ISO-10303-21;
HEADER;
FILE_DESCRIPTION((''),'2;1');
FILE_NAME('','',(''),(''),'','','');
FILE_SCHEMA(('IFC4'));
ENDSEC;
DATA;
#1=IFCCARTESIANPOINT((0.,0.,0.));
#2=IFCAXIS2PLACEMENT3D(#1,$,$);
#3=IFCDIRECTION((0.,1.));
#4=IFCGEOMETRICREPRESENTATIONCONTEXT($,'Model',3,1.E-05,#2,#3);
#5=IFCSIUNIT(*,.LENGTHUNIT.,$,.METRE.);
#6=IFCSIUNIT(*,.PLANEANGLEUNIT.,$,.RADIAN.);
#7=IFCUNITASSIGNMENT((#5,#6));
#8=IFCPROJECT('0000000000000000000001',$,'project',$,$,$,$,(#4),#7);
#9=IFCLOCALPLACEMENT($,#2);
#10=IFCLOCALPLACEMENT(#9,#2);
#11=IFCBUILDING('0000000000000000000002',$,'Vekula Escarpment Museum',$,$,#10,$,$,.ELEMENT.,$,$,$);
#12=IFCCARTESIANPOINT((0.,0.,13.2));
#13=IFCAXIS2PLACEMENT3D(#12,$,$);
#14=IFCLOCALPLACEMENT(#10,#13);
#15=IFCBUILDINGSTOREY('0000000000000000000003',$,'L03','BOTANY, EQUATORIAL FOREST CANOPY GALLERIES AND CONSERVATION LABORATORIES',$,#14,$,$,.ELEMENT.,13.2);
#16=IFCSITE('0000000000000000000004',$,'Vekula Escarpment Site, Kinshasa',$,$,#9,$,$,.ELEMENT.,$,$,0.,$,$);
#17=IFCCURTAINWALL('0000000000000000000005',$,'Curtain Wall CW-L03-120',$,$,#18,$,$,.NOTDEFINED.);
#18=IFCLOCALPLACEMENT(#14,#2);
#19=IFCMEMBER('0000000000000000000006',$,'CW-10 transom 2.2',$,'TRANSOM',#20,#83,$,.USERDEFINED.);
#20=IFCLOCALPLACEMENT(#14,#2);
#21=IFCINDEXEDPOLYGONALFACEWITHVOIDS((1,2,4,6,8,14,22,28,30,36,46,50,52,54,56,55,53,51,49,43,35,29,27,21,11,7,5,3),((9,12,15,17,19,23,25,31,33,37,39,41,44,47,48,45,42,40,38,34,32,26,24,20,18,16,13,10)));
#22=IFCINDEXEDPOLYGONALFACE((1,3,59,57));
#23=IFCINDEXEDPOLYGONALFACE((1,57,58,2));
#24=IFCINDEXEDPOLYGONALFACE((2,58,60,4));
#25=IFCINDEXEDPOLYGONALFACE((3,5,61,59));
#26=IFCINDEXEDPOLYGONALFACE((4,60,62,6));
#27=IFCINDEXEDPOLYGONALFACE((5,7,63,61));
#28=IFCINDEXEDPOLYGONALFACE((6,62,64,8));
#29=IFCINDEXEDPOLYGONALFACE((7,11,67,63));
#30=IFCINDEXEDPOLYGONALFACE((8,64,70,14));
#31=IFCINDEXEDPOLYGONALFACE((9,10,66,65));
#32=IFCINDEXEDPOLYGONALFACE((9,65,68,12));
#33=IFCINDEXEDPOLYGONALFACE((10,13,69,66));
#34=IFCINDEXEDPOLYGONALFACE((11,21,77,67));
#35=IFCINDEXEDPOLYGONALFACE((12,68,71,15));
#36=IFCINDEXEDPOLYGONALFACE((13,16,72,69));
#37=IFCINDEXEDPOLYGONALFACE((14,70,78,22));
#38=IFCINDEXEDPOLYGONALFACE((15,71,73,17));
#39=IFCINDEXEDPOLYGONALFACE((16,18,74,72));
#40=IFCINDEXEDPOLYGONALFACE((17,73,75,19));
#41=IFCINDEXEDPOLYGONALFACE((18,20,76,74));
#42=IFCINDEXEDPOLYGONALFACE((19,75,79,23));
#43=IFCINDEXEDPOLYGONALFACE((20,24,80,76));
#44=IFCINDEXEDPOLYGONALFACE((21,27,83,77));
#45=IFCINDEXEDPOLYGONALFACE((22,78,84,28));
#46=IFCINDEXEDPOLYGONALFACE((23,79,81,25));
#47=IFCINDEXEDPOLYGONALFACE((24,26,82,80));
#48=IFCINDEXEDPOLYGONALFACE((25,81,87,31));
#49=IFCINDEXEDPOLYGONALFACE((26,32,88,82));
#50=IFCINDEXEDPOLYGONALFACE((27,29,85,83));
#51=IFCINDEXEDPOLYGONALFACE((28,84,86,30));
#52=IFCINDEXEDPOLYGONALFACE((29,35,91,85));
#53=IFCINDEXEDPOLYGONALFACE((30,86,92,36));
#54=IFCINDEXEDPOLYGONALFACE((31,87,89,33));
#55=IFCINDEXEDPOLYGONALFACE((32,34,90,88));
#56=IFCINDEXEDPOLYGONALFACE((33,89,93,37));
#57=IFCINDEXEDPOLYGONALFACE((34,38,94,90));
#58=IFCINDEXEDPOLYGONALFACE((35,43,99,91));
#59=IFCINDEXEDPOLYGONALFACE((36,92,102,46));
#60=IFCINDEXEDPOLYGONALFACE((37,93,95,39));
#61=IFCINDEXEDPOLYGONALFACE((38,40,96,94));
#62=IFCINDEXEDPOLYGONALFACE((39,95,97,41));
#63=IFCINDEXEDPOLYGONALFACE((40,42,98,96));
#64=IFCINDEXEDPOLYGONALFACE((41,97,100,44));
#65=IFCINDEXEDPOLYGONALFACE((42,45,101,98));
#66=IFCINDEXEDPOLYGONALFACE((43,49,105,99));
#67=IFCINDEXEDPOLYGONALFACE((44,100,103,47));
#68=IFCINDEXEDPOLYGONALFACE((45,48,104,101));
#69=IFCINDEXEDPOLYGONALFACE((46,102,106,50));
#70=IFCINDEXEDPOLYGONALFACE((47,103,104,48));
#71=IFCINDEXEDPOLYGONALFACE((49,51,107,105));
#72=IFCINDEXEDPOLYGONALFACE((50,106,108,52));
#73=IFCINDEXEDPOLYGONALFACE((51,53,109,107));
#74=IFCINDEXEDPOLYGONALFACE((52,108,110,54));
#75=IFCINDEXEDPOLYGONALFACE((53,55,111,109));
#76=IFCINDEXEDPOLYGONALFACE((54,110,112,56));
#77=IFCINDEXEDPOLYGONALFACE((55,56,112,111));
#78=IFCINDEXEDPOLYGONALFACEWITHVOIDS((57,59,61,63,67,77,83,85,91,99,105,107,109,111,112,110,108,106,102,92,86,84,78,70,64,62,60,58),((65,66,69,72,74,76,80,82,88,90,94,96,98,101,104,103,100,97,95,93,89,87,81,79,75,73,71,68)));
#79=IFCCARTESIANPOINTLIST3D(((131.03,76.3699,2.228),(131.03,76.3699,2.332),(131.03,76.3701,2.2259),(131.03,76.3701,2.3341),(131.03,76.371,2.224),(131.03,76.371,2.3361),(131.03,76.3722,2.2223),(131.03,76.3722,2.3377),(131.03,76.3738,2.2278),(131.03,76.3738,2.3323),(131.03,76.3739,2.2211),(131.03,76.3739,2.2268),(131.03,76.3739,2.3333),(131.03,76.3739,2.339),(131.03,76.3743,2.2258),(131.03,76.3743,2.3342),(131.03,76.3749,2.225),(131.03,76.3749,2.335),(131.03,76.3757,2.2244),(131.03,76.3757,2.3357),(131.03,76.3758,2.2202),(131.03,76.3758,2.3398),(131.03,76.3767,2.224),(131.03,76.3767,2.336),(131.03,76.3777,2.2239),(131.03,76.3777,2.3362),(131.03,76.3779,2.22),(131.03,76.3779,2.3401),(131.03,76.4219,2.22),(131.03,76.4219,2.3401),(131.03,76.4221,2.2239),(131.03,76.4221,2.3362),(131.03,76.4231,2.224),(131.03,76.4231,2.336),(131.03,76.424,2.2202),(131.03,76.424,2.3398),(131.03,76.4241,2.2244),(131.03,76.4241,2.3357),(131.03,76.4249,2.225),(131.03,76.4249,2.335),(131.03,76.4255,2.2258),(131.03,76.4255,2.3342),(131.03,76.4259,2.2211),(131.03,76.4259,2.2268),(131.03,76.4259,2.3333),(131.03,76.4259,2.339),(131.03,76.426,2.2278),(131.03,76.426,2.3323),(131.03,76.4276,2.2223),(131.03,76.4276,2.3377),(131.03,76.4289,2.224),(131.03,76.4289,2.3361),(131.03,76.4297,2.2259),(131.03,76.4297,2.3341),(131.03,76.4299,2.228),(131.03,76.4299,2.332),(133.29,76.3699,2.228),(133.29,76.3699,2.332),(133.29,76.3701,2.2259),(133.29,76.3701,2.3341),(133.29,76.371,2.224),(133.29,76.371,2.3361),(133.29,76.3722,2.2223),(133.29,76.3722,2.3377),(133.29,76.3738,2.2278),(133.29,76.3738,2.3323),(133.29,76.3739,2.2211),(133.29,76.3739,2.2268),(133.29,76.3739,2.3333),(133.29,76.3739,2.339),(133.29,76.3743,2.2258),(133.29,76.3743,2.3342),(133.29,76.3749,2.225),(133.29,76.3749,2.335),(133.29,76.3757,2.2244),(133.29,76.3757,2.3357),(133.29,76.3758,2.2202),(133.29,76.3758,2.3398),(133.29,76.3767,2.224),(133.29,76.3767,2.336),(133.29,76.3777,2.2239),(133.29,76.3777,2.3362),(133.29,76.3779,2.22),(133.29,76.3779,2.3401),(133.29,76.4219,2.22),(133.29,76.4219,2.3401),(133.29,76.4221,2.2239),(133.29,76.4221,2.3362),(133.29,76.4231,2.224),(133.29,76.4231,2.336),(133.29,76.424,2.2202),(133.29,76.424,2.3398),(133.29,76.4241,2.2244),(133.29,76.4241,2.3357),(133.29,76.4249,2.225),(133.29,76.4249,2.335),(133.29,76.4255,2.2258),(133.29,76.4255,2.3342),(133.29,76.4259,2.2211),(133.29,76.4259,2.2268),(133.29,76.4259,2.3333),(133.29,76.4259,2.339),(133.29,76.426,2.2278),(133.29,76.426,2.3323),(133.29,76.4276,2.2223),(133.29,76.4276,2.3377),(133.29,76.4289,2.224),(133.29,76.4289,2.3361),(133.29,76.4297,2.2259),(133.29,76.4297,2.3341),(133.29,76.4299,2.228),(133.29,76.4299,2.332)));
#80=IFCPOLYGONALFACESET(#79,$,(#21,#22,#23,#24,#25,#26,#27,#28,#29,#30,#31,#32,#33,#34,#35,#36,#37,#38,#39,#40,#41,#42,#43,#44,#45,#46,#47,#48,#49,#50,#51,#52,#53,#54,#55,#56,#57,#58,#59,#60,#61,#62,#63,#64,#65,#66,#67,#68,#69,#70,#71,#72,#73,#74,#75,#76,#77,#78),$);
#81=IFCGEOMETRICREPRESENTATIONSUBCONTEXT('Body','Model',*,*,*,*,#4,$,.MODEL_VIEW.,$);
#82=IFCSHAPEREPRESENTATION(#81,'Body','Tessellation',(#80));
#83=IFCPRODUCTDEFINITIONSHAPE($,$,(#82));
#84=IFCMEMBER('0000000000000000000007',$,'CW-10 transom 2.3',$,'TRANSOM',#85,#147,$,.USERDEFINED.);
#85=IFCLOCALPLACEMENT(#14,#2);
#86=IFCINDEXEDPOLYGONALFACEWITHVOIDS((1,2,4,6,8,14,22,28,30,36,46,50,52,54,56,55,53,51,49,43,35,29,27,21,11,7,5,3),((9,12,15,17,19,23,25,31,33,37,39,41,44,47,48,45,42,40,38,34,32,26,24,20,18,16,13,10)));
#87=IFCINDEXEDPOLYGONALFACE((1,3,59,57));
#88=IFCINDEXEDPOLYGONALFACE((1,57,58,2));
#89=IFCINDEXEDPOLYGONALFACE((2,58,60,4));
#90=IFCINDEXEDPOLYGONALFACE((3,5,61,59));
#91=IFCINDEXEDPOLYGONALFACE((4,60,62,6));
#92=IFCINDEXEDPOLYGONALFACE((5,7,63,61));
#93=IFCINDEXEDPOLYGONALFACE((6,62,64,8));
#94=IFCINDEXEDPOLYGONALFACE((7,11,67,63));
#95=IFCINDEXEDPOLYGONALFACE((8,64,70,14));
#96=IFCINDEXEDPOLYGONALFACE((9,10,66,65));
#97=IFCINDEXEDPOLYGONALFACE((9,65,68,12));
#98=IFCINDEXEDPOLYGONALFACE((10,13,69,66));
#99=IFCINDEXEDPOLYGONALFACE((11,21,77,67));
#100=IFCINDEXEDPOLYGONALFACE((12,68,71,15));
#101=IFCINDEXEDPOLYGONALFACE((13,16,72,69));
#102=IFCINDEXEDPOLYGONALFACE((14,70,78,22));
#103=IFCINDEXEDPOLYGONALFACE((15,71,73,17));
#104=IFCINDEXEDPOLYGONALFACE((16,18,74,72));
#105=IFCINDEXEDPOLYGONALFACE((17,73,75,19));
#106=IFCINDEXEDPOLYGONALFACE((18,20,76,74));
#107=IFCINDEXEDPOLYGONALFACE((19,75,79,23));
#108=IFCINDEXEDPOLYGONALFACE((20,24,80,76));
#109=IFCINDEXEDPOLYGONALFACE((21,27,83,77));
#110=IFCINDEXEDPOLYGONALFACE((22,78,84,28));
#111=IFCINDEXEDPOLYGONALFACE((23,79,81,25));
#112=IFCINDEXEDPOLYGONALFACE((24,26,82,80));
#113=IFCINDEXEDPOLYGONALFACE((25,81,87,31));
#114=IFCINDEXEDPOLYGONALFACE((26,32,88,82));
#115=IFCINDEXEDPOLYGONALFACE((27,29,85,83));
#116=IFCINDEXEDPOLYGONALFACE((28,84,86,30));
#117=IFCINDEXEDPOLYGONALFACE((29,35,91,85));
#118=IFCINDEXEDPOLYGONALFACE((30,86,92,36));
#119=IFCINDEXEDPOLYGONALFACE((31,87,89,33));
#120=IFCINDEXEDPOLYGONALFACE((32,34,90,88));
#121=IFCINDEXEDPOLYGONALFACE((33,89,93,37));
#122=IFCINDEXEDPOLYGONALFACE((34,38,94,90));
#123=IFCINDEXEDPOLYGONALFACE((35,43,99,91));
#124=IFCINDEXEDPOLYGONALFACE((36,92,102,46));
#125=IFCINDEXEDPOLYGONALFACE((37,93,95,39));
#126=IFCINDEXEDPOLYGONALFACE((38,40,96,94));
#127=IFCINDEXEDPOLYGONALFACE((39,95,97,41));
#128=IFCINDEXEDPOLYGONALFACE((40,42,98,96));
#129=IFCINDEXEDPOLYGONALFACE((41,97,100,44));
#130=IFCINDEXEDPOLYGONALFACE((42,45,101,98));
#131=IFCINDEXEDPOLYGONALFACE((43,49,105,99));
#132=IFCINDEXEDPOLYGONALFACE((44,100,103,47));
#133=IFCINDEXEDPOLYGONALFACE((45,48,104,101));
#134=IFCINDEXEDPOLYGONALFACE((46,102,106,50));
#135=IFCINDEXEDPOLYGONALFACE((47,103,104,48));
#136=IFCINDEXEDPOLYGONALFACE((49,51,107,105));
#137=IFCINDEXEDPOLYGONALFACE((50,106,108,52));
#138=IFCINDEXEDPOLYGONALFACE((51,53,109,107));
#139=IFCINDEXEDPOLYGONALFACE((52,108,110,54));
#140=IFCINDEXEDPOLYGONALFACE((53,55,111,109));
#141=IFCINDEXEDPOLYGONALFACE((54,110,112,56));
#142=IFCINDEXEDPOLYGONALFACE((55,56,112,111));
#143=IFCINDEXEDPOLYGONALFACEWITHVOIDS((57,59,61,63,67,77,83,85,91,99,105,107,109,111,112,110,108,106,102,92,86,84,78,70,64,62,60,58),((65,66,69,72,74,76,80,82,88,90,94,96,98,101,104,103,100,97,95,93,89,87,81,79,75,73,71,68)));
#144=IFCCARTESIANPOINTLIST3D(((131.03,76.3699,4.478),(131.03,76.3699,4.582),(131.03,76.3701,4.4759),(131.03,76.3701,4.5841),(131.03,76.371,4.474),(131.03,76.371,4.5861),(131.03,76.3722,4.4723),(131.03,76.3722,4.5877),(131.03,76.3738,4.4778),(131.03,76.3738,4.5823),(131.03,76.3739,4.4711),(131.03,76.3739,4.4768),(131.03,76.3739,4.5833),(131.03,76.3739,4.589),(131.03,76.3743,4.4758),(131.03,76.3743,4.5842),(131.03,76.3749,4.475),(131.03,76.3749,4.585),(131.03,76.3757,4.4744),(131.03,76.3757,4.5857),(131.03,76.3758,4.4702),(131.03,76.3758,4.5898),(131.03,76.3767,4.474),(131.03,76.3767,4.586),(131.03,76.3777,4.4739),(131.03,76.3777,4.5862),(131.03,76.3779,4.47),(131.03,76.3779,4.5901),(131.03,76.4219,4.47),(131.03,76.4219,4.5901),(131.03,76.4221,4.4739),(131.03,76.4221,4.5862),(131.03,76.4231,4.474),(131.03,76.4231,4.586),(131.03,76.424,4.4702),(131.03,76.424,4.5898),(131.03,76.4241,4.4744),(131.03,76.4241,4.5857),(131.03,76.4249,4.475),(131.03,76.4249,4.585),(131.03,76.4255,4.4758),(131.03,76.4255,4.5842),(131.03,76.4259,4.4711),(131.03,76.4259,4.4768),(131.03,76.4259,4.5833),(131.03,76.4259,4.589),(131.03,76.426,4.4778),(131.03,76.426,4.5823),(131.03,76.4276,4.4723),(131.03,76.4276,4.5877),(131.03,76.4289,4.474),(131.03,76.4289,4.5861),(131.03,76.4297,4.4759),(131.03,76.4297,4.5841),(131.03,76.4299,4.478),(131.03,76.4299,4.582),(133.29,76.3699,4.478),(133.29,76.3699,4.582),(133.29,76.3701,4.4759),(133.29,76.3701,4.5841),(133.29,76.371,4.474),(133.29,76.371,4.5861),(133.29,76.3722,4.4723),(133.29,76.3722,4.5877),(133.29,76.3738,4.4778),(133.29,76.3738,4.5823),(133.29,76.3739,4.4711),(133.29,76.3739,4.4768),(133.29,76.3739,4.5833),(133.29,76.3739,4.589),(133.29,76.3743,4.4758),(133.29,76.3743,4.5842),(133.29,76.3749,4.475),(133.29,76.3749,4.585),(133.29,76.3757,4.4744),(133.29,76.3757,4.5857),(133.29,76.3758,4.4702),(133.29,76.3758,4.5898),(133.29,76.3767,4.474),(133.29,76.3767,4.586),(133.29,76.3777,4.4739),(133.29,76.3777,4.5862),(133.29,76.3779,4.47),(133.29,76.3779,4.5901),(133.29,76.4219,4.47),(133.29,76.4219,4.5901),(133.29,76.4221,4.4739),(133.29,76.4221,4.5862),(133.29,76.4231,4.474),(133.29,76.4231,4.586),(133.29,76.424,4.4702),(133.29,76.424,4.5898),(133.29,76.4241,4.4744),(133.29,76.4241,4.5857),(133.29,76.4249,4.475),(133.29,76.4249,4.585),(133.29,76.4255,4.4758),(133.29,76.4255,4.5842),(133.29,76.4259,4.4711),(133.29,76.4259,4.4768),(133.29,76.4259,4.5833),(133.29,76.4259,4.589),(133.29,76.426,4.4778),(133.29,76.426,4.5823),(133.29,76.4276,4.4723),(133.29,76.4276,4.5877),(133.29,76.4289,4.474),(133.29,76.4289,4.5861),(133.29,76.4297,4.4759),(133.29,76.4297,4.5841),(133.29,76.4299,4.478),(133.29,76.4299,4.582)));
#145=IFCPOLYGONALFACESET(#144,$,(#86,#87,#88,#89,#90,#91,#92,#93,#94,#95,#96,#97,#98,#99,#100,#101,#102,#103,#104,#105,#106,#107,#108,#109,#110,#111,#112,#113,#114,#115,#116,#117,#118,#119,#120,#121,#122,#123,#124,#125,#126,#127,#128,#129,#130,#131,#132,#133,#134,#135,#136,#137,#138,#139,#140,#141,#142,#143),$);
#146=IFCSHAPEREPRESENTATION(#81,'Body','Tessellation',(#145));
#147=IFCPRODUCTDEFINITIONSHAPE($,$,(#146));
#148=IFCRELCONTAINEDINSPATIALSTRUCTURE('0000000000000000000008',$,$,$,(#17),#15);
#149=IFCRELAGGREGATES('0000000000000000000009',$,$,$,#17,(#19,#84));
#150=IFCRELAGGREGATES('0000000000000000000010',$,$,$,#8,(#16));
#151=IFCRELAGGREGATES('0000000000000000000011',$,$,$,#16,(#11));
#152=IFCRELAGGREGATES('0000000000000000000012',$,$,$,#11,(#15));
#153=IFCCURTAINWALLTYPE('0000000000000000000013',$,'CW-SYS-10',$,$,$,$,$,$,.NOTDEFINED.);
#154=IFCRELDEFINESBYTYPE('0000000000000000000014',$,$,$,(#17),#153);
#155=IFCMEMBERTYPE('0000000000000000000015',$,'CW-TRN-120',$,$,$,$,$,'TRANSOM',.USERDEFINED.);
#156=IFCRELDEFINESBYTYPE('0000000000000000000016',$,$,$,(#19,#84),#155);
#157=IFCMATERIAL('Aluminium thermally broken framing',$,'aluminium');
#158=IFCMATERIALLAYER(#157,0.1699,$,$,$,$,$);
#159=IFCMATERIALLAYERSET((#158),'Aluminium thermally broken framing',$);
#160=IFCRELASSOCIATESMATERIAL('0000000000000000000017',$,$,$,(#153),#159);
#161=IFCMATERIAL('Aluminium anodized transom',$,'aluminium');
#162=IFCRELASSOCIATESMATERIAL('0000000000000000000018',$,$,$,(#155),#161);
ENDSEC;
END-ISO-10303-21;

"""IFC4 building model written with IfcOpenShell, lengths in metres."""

from ifc_helpers import new_model, si_unit, direction, frame, origin, origin_2d, place, context, subcontext, project, spatial, hollow_rectangle, extrude, material, layer, layer_set, material_profile, profile_set, type_object, element, aggregate, save


model = new_model("IFC4")

# Units and contexts
model_context = context("Model", 3, precision=1e-05, world=origin(), true_north=direction((0.0, 1.0)))
body_context = subcontext(model_context, "Body", "Model", "MODEL_VIEW")
ifc_project = project(units=[si_unit("LENGTHUNIT", "METRE"), si_unit("PLANEANGLEUNIT", "RADIAN")], contexts=[model_context])

# Site, building, storey
site_placement = place(None, origin())
site = spatial("IfcSite", under=ifc_project, at=site_placement, Name="Vekula Escarpment Site, Kinshasa", CompositionType="ELEMENT", RefElevation=0.0)
building_placement = place(site_placement, origin())
building = spatial("IfcBuilding", under=site, at=building_placement, Name="Vekula Escarpment Museum", CompositionType="ELEMENT")
storey_placement = place(building_placement, frame((0.0, 0.0, 13.2)))
storey = spatial("IfcBuildingStorey", under=building, at=storey_placement, Name="L03", Description="BOTANY, EQUATORIAL FOREST CANOPY GALLERIES AND CONSERVATION LABORATORIES", CompositionType="ELEMENT", Elevation=13.2)

# Curtain wall
ifc_material_1 = material(Name="Aluminium thermally broken framing", Category="aluminium")
ifc_layer_1 = layer(ifc_material_1, 0.1699)
ifc_layer_set_1 = layer_set([ifc_layer_1], Name="Aluminium thermally broken framing")
curtain_wall_type_1 = type_object("IfcCurtainWallType", Name="CW-SYS-10", PredefinedType="NOTDEFINED", material=ifc_layer_set_1)
curtain_wall_1_placement = place(storey_placement, origin())
curtain_wall_1 = element("IfcCurtainWall", 1, at=curtain_wall_1_placement, inside=storey, type_object=curtain_wall_type_1, Name="Curtain Wall CW-L03-120", PredefinedType="NOTDEFINED")

# Members
ifc_material_2 = material(Name="Aluminium anodized transom", Category="aluminium")
ifc_material_profile_1 = material_profile(ifc_material_2, hollow_rectangle(XDim=0.0601, YDim=0.1201, WallThickness=0.0039, InnerFilletRadius=0.0039, OuterFilletRadius=0.0081, at=origin_2d()), Name="ALU 120x60x4")
ifc_profile_set_1 = profile_set([ifc_material_profile_1], Name="Aluminium anodized transom")
member_type_1 = type_object("IfcMemberType", Name="CW-TRN-120", ElementType="TRANSOM", PredefinedType="USERDEFINED", material=ifc_profile_set_1)
member_1_placement = place(storey_placement, frame((133.29, 76.3999, 2.28), z_axis=(-1.0, 0.0, 0.0), x_axis=(0.0, -1.0, 0.0)))
member_1 = element("IfcMember", 2, at=member_1_placement, type_object=member_type_1, Name="CW-10 transom 2.2", ObjectType="TRANSOM", PredefinedType="USERDEFINED", context=body_context, shape_type="SweptSolid", body=[
    extrude(hollow_rectangle(XDim=0.0601, YDim=0.1201, WallThickness=0.0039, InnerFilletRadius=0.0039, OuterFilletRadius=0.0081, at=origin_2d()), origin(), (0.0, 0.0, 1.0), 2.26),
])
member_2_placement = place(storey_placement, frame((133.29, 76.3999, 4.53), z_axis=(-1.0, 0.0, 0.0), x_axis=(0.0, -1.0, 0.0)))
member_2 = element("IfcMember", 3, at=member_2_placement, type_object=member_type_1, Name="CW-10 transom 2.3", ObjectType="TRANSOM", PredefinedType="USERDEFINED", context=body_context, shape_type="SweptSolid", body=[
    extrude(hollow_rectangle(XDim=0.0601, YDim=0.1201, WallThickness=0.0039, InnerFilletRadius=0.0039, OuterFilletRadius=0.0081, at=origin_2d()), origin(), (0.0, 0.0, 1.0), 2.26),
])

aggregate(curtain_wall_1, [member_1, member_2])

save(model, "model.ifc")
